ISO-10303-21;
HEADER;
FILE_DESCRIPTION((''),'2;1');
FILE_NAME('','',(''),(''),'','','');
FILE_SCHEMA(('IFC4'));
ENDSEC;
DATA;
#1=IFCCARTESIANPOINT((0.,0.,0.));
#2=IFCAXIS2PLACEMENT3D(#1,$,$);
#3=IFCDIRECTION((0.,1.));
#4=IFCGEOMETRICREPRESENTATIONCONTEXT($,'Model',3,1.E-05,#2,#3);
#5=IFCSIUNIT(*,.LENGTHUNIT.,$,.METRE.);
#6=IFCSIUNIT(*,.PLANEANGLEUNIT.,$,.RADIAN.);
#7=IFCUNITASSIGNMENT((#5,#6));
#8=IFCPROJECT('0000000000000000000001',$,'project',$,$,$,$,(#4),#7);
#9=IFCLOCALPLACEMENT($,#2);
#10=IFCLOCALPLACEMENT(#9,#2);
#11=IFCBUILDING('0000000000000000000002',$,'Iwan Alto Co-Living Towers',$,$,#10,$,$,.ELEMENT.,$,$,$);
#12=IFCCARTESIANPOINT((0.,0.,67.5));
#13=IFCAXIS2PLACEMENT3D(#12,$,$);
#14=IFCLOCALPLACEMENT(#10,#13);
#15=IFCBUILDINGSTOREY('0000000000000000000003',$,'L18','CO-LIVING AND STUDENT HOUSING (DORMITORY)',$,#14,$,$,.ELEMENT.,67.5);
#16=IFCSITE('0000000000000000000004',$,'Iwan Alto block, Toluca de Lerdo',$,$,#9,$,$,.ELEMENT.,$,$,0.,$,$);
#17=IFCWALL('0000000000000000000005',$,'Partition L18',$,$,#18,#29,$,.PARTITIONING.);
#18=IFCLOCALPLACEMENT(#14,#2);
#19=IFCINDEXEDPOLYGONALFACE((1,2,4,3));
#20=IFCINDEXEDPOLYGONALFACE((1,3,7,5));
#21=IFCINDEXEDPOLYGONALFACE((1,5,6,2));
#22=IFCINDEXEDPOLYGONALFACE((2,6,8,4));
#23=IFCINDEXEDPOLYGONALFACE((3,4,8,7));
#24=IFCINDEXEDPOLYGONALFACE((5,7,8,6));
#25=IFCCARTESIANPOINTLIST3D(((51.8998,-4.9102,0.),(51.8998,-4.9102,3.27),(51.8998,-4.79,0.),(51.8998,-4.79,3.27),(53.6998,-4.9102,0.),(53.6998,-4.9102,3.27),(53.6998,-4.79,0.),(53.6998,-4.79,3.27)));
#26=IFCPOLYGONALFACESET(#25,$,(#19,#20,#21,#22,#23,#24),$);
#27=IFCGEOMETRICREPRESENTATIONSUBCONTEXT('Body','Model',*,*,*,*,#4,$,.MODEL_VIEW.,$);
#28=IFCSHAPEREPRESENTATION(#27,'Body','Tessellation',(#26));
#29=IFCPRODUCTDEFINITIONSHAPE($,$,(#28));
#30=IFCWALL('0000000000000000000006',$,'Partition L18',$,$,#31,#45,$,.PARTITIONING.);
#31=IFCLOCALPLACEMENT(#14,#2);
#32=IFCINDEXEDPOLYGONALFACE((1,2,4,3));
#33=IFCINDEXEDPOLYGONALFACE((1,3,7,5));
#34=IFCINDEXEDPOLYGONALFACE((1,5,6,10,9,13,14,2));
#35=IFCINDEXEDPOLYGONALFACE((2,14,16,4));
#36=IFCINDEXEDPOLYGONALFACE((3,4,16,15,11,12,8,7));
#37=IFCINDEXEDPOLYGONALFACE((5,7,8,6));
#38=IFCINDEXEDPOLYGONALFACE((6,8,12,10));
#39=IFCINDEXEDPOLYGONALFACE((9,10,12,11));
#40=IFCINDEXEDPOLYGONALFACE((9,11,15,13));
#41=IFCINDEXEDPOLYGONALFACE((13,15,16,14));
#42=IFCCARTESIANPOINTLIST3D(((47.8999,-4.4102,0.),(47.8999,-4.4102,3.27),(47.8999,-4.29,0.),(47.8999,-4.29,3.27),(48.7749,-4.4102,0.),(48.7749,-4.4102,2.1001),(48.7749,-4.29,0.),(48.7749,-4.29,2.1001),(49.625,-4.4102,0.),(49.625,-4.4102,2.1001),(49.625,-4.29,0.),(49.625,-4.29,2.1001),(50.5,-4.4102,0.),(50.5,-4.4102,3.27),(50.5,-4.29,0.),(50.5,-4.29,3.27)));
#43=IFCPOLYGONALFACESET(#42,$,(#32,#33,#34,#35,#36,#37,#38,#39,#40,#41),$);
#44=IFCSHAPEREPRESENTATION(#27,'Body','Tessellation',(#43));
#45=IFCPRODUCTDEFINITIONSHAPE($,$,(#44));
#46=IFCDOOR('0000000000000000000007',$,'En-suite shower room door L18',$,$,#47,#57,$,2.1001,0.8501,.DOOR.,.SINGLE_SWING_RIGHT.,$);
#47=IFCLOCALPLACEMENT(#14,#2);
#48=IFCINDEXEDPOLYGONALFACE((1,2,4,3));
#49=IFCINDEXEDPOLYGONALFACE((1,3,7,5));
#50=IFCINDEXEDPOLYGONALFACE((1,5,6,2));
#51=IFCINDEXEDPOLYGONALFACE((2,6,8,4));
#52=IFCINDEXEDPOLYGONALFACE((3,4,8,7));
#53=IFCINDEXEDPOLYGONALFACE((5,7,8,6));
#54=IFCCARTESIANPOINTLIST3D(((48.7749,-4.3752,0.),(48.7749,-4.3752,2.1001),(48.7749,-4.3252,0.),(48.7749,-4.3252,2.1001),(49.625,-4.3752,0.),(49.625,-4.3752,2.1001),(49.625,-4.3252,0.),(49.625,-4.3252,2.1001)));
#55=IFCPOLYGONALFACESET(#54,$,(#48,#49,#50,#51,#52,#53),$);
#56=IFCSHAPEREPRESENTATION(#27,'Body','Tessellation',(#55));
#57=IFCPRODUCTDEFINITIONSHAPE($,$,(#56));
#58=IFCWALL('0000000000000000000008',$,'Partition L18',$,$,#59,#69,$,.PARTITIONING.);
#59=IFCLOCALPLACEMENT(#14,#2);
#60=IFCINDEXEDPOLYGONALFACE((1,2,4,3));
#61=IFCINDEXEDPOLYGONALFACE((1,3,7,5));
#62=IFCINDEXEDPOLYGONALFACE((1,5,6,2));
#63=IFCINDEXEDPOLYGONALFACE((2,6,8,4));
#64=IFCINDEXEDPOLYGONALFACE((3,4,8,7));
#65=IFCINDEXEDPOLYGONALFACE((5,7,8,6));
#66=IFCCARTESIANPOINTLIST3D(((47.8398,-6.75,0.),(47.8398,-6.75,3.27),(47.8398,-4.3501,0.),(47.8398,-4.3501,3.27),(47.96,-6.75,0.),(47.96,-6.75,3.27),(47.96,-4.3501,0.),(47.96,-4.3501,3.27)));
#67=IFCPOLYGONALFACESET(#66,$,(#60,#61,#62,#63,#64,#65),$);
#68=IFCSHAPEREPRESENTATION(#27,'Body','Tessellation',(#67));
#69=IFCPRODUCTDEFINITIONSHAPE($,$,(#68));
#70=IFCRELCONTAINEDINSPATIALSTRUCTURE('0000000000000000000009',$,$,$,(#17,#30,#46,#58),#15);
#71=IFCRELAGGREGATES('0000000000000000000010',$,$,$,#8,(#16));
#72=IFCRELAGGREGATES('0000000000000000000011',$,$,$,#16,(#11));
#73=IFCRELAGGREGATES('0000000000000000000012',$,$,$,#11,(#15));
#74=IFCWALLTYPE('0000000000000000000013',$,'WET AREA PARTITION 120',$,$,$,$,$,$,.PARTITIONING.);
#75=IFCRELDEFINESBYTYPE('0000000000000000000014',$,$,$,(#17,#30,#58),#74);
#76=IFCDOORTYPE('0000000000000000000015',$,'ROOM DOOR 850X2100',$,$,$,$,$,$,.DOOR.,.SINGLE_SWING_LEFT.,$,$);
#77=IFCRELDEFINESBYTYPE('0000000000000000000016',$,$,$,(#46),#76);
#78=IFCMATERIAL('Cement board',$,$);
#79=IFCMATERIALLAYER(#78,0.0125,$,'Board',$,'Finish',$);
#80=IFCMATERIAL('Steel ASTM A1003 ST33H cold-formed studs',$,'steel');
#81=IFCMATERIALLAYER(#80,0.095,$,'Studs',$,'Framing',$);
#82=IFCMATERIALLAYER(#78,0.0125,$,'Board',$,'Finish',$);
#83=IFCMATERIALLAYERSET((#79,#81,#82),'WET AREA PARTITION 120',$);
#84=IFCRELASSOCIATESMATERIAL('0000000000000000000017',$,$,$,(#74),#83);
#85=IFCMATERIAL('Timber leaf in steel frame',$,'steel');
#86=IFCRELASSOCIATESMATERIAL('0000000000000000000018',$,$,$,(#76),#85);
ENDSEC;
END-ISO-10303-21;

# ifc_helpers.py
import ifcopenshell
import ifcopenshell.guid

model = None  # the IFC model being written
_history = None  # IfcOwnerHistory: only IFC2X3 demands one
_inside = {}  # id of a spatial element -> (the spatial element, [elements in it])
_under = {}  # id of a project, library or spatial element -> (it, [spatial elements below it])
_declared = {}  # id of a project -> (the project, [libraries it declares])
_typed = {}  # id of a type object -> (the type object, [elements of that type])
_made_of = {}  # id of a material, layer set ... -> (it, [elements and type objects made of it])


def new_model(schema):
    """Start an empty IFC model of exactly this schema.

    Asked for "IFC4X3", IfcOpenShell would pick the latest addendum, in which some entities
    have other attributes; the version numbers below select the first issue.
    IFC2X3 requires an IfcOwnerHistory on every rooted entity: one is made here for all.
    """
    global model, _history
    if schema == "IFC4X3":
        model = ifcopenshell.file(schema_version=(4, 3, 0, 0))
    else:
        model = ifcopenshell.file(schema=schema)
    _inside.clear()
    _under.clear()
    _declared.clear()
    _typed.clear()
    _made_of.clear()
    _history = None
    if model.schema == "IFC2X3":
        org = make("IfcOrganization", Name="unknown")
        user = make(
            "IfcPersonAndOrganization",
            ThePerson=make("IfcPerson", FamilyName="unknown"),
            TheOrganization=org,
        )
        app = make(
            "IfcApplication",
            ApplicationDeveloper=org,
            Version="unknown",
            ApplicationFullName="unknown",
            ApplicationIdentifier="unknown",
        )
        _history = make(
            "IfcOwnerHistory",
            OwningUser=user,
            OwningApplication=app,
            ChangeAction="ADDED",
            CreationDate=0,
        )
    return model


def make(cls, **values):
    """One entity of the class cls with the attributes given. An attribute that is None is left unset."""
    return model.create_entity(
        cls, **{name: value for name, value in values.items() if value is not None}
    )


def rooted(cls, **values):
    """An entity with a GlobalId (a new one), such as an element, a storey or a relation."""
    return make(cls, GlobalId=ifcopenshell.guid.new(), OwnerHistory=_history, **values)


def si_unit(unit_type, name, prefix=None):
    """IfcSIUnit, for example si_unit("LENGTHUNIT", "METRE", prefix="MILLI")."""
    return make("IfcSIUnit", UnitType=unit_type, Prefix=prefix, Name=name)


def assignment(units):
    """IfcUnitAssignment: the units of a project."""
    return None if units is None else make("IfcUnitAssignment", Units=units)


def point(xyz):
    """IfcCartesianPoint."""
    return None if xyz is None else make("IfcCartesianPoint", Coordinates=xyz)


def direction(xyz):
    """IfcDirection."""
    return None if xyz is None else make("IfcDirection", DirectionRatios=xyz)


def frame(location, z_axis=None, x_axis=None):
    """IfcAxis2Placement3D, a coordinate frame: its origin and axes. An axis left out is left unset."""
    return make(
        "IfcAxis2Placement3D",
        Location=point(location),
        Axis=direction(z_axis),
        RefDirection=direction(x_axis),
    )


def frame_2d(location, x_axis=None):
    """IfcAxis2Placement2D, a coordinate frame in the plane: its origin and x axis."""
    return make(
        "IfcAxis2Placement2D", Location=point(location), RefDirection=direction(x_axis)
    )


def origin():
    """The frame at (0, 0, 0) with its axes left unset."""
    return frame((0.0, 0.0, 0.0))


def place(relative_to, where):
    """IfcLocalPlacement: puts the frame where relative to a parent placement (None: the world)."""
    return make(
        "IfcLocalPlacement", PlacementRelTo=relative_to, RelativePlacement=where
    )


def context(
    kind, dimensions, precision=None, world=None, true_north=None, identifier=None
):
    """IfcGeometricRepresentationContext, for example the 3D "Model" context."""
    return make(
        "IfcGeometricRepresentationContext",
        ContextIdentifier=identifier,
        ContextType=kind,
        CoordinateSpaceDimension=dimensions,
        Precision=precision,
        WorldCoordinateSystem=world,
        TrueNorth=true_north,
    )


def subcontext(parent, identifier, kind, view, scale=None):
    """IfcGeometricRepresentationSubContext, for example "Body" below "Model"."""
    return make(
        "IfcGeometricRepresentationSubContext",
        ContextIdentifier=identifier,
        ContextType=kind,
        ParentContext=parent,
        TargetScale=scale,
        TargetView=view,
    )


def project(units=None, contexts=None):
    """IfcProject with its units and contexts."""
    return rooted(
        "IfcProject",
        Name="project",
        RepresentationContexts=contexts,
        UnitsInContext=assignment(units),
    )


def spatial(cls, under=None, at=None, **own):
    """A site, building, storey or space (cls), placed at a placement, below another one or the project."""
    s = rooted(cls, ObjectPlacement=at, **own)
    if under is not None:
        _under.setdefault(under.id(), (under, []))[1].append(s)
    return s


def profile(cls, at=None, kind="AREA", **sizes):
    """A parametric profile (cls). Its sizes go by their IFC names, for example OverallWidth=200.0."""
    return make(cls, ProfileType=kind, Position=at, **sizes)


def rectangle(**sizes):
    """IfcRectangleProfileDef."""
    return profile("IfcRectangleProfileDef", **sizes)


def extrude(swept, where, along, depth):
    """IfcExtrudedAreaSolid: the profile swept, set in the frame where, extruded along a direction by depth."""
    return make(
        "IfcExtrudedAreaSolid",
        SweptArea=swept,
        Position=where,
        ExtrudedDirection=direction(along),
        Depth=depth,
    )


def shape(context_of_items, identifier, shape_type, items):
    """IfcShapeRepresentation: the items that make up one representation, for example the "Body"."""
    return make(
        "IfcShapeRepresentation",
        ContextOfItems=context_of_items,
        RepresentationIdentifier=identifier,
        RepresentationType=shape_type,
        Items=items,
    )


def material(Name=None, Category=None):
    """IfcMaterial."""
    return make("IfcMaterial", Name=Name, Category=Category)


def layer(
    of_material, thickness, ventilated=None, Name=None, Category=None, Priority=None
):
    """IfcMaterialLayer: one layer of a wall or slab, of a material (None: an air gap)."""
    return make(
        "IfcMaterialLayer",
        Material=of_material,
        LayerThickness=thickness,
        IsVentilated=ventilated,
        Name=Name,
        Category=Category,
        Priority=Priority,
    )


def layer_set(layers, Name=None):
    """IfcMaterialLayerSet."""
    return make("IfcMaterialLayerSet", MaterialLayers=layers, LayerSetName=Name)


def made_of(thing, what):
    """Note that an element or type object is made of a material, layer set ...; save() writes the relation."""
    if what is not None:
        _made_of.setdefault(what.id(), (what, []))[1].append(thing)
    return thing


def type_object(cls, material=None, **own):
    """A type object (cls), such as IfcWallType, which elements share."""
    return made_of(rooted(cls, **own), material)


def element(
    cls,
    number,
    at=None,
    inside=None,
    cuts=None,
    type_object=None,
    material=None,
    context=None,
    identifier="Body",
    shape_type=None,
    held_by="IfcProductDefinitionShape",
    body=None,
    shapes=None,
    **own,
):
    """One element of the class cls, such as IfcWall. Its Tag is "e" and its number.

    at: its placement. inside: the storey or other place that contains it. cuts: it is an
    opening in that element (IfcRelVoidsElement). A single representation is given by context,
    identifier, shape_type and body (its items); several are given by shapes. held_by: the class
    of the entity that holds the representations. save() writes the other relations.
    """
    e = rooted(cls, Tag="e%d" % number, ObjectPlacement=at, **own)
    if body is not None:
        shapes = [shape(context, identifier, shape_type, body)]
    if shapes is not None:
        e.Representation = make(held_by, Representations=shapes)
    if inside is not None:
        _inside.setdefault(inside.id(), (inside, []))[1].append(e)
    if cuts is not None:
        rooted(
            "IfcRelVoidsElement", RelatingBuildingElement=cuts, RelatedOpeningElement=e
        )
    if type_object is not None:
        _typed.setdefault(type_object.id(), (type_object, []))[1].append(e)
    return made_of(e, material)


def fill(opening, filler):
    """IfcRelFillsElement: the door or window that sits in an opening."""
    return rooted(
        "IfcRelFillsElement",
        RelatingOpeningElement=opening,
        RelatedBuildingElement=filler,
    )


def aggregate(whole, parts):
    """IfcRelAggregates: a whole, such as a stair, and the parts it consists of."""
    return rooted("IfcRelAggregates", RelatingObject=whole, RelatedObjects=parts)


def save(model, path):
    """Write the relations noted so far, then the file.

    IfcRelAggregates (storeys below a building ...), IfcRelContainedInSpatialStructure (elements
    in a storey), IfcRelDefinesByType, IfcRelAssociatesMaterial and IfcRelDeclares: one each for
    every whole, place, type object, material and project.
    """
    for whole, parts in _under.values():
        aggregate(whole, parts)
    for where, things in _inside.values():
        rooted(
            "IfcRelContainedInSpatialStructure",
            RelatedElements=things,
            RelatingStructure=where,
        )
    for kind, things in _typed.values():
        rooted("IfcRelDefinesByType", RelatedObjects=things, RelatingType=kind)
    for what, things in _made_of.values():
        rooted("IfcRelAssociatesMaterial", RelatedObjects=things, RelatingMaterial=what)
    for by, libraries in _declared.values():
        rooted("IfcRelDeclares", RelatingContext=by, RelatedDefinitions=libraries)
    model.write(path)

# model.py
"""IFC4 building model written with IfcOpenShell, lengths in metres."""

from ifc_helpers import new_model, si_unit, direction, frame, frame_2d, origin, place, context, subcontext, project, spatial, rectangle, extrude, material, layer, layer_set, type_object, element, fill, save


model = new_model("IFC4")

# Units and contexts
model_context = context("Model", 3, precision=1e-05, world=origin(), true_north=direction((0.0, 1.0)))
body_context = subcontext(model_context, "Body", "Model", "MODEL_VIEW")
ifc_project = project(units=[si_unit("LENGTHUNIT", "METRE"), si_unit("PLANEANGLEUNIT", "RADIAN")], contexts=[model_context])

# Site, building, storey
site_placement = place(None, origin())
site = spatial("IfcSite", under=ifc_project, at=site_placement, Name="Iwan Alto block, Toluca de Lerdo", CompositionType="ELEMENT", RefElevation=0.0)
building_placement = place(site_placement, origin())
building = spatial("IfcBuilding", under=site, at=building_placement, Name="Iwan Alto Co-Living Towers", CompositionType="ELEMENT")
storey_placement = place(building_placement, frame((0.0, 0.0, 67.5)))
storey = spatial("IfcBuildingStorey", under=building, at=storey_placement, Name="L18", Description="CO-LIVING AND STUDENT HOUSING (DORMITORY)", CompositionType="ELEMENT", Elevation=67.5)

# Shared definitions
ifc_material_1 = material(Name="Steel ASTM A1003 ST33H cold-formed studs", Category="steel")

# Wall
ifc_material_2 = material(Name="Cement board")
ifc_layer_1 = layer(ifc_material_2, 0.0125, Name="Board", Category="Finish")
ifc_layer_2 = layer(ifc_material_1, 0.095, Name="Studs", Category="Framing")
ifc_layer_3 = layer(ifc_material_2, 0.0125, Name="Board", Category="Finish")
ifc_layer_set_1 = layer_set([ifc_layer_1, ifc_layer_2, ifc_layer_3], Name="WET AREA PARTITION 120")
wall_type_1 = type_object("IfcWallType", Name="WET AREA PARTITION 120", PredefinedType="PARTITIONING", material=ifc_layer_set_1)
wall_1_placement = place(storey_placement, frame((51.8999, -4.8501, 0.0), z_axis=(0.0, 0.0, 1.0), x_axis=(1.0, 0.0, 0.0)))
element("IfcWall", 1, at=wall_1_placement, inside=storey, type_object=wall_type_1, Name="Partition L18", PredefinedType="PARTITIONING", context=body_context, shape_type="SweptSolid", body=[
    extrude(rectangle(XDim=1.8, YDim=0.1201, at=frame_2d((0.8999, 0.0))), origin(), (0.0, 0.0, 1.0), 3.27),
])

# Wall, opening, door
wall_2_placement = place(storey_placement, frame((47.8999, -4.3501, 0.0), z_axis=(0.0, 0.0, 1.0), x_axis=(1.0, 0.0, 0.0)))
wall_2 = element("IfcWall", 2, at=wall_2_placement, inside=storey, type_object=wall_type_1, Name="Partition L18", PredefinedType="PARTITIONING", context=body_context, shape_type="SweptSolid", body=[
    extrude(rectangle(XDim=2.6001, YDim=0.1201, at=frame_2d((1.3, 0.0))), origin(), (0.0, 0.0, 1.0), 3.27),
])
opening_1_placement = place(wall_2_placement, frame((0.875, 0.0, 0.0)))
opening_1 = element("IfcOpeningElement", 3, at=opening_1_placement, cuts=wall_2, PredefinedType="OPENING", context=body_context, shape_type="SweptSolid", body=[
    extrude(rectangle(XDim=0.8501, YDim=2.1001, at=frame_2d((0.425, 1.05))), frame((0.0, 0.0701, 0.0), z_axis=(0.0, -1.0, 0.0), x_axis=(1.0, 0.0, 0.0)), (0.0, 0.0, 1.0), 0.1401),
])
ifc_material_3 = material(Name="Timber leaf in steel frame", Category="steel")
door_type_1 = type_object("IfcDoorType", Name="ROOM DOOR 850X2100", OperationType="SINGLE_SWING_LEFT", PredefinedType="DOOR", material=ifc_material_3)
door_1_placement = place(opening_1_placement, origin())
door_1 = element("IfcDoor", 4, at=door_1_placement, inside=storey, type_object=door_type_1, Name="En-suite shower room door L18", OperationType="SINGLE_SWING_RIGHT", OverallHeight=2.1001, OverallWidth=0.8501, PredefinedType="DOOR", context=body_context, shape_type="SweptSolid", body=[
    extrude(rectangle(XDim=0.8501, YDim=2.1001, at=frame_2d((0.425, 1.05))), frame((0.0, 0.0249, 0.0), z_axis=(0.0, -1.0, 0.0), x_axis=(1.0, 0.0, 0.0)), (0.0, 0.0, 1.0), 0.05),
])
fill(opening_1, door_1)

# Wall
wall_3_placement = place(storey_placement, frame((47.8999, -6.75, 0.0), z_axis=(0.0, 0.0, 1.0), x_axis=(0.0, 1.0, 0.0)))
element("IfcWall", 5, at=wall_3_placement, inside=storey, type_object=wall_type_1, Name="Partition L18", PredefinedType="PARTITIONING", context=body_context, shape_type="SweptSolid", body=[
    extrude(rectangle(XDim=2.3999, YDim=0.1201, at=frame_2d((1.2, 0.0))), origin(), (0.0, 0.0, 1.0), 3.27),
])

save(model, "model.ifc")
